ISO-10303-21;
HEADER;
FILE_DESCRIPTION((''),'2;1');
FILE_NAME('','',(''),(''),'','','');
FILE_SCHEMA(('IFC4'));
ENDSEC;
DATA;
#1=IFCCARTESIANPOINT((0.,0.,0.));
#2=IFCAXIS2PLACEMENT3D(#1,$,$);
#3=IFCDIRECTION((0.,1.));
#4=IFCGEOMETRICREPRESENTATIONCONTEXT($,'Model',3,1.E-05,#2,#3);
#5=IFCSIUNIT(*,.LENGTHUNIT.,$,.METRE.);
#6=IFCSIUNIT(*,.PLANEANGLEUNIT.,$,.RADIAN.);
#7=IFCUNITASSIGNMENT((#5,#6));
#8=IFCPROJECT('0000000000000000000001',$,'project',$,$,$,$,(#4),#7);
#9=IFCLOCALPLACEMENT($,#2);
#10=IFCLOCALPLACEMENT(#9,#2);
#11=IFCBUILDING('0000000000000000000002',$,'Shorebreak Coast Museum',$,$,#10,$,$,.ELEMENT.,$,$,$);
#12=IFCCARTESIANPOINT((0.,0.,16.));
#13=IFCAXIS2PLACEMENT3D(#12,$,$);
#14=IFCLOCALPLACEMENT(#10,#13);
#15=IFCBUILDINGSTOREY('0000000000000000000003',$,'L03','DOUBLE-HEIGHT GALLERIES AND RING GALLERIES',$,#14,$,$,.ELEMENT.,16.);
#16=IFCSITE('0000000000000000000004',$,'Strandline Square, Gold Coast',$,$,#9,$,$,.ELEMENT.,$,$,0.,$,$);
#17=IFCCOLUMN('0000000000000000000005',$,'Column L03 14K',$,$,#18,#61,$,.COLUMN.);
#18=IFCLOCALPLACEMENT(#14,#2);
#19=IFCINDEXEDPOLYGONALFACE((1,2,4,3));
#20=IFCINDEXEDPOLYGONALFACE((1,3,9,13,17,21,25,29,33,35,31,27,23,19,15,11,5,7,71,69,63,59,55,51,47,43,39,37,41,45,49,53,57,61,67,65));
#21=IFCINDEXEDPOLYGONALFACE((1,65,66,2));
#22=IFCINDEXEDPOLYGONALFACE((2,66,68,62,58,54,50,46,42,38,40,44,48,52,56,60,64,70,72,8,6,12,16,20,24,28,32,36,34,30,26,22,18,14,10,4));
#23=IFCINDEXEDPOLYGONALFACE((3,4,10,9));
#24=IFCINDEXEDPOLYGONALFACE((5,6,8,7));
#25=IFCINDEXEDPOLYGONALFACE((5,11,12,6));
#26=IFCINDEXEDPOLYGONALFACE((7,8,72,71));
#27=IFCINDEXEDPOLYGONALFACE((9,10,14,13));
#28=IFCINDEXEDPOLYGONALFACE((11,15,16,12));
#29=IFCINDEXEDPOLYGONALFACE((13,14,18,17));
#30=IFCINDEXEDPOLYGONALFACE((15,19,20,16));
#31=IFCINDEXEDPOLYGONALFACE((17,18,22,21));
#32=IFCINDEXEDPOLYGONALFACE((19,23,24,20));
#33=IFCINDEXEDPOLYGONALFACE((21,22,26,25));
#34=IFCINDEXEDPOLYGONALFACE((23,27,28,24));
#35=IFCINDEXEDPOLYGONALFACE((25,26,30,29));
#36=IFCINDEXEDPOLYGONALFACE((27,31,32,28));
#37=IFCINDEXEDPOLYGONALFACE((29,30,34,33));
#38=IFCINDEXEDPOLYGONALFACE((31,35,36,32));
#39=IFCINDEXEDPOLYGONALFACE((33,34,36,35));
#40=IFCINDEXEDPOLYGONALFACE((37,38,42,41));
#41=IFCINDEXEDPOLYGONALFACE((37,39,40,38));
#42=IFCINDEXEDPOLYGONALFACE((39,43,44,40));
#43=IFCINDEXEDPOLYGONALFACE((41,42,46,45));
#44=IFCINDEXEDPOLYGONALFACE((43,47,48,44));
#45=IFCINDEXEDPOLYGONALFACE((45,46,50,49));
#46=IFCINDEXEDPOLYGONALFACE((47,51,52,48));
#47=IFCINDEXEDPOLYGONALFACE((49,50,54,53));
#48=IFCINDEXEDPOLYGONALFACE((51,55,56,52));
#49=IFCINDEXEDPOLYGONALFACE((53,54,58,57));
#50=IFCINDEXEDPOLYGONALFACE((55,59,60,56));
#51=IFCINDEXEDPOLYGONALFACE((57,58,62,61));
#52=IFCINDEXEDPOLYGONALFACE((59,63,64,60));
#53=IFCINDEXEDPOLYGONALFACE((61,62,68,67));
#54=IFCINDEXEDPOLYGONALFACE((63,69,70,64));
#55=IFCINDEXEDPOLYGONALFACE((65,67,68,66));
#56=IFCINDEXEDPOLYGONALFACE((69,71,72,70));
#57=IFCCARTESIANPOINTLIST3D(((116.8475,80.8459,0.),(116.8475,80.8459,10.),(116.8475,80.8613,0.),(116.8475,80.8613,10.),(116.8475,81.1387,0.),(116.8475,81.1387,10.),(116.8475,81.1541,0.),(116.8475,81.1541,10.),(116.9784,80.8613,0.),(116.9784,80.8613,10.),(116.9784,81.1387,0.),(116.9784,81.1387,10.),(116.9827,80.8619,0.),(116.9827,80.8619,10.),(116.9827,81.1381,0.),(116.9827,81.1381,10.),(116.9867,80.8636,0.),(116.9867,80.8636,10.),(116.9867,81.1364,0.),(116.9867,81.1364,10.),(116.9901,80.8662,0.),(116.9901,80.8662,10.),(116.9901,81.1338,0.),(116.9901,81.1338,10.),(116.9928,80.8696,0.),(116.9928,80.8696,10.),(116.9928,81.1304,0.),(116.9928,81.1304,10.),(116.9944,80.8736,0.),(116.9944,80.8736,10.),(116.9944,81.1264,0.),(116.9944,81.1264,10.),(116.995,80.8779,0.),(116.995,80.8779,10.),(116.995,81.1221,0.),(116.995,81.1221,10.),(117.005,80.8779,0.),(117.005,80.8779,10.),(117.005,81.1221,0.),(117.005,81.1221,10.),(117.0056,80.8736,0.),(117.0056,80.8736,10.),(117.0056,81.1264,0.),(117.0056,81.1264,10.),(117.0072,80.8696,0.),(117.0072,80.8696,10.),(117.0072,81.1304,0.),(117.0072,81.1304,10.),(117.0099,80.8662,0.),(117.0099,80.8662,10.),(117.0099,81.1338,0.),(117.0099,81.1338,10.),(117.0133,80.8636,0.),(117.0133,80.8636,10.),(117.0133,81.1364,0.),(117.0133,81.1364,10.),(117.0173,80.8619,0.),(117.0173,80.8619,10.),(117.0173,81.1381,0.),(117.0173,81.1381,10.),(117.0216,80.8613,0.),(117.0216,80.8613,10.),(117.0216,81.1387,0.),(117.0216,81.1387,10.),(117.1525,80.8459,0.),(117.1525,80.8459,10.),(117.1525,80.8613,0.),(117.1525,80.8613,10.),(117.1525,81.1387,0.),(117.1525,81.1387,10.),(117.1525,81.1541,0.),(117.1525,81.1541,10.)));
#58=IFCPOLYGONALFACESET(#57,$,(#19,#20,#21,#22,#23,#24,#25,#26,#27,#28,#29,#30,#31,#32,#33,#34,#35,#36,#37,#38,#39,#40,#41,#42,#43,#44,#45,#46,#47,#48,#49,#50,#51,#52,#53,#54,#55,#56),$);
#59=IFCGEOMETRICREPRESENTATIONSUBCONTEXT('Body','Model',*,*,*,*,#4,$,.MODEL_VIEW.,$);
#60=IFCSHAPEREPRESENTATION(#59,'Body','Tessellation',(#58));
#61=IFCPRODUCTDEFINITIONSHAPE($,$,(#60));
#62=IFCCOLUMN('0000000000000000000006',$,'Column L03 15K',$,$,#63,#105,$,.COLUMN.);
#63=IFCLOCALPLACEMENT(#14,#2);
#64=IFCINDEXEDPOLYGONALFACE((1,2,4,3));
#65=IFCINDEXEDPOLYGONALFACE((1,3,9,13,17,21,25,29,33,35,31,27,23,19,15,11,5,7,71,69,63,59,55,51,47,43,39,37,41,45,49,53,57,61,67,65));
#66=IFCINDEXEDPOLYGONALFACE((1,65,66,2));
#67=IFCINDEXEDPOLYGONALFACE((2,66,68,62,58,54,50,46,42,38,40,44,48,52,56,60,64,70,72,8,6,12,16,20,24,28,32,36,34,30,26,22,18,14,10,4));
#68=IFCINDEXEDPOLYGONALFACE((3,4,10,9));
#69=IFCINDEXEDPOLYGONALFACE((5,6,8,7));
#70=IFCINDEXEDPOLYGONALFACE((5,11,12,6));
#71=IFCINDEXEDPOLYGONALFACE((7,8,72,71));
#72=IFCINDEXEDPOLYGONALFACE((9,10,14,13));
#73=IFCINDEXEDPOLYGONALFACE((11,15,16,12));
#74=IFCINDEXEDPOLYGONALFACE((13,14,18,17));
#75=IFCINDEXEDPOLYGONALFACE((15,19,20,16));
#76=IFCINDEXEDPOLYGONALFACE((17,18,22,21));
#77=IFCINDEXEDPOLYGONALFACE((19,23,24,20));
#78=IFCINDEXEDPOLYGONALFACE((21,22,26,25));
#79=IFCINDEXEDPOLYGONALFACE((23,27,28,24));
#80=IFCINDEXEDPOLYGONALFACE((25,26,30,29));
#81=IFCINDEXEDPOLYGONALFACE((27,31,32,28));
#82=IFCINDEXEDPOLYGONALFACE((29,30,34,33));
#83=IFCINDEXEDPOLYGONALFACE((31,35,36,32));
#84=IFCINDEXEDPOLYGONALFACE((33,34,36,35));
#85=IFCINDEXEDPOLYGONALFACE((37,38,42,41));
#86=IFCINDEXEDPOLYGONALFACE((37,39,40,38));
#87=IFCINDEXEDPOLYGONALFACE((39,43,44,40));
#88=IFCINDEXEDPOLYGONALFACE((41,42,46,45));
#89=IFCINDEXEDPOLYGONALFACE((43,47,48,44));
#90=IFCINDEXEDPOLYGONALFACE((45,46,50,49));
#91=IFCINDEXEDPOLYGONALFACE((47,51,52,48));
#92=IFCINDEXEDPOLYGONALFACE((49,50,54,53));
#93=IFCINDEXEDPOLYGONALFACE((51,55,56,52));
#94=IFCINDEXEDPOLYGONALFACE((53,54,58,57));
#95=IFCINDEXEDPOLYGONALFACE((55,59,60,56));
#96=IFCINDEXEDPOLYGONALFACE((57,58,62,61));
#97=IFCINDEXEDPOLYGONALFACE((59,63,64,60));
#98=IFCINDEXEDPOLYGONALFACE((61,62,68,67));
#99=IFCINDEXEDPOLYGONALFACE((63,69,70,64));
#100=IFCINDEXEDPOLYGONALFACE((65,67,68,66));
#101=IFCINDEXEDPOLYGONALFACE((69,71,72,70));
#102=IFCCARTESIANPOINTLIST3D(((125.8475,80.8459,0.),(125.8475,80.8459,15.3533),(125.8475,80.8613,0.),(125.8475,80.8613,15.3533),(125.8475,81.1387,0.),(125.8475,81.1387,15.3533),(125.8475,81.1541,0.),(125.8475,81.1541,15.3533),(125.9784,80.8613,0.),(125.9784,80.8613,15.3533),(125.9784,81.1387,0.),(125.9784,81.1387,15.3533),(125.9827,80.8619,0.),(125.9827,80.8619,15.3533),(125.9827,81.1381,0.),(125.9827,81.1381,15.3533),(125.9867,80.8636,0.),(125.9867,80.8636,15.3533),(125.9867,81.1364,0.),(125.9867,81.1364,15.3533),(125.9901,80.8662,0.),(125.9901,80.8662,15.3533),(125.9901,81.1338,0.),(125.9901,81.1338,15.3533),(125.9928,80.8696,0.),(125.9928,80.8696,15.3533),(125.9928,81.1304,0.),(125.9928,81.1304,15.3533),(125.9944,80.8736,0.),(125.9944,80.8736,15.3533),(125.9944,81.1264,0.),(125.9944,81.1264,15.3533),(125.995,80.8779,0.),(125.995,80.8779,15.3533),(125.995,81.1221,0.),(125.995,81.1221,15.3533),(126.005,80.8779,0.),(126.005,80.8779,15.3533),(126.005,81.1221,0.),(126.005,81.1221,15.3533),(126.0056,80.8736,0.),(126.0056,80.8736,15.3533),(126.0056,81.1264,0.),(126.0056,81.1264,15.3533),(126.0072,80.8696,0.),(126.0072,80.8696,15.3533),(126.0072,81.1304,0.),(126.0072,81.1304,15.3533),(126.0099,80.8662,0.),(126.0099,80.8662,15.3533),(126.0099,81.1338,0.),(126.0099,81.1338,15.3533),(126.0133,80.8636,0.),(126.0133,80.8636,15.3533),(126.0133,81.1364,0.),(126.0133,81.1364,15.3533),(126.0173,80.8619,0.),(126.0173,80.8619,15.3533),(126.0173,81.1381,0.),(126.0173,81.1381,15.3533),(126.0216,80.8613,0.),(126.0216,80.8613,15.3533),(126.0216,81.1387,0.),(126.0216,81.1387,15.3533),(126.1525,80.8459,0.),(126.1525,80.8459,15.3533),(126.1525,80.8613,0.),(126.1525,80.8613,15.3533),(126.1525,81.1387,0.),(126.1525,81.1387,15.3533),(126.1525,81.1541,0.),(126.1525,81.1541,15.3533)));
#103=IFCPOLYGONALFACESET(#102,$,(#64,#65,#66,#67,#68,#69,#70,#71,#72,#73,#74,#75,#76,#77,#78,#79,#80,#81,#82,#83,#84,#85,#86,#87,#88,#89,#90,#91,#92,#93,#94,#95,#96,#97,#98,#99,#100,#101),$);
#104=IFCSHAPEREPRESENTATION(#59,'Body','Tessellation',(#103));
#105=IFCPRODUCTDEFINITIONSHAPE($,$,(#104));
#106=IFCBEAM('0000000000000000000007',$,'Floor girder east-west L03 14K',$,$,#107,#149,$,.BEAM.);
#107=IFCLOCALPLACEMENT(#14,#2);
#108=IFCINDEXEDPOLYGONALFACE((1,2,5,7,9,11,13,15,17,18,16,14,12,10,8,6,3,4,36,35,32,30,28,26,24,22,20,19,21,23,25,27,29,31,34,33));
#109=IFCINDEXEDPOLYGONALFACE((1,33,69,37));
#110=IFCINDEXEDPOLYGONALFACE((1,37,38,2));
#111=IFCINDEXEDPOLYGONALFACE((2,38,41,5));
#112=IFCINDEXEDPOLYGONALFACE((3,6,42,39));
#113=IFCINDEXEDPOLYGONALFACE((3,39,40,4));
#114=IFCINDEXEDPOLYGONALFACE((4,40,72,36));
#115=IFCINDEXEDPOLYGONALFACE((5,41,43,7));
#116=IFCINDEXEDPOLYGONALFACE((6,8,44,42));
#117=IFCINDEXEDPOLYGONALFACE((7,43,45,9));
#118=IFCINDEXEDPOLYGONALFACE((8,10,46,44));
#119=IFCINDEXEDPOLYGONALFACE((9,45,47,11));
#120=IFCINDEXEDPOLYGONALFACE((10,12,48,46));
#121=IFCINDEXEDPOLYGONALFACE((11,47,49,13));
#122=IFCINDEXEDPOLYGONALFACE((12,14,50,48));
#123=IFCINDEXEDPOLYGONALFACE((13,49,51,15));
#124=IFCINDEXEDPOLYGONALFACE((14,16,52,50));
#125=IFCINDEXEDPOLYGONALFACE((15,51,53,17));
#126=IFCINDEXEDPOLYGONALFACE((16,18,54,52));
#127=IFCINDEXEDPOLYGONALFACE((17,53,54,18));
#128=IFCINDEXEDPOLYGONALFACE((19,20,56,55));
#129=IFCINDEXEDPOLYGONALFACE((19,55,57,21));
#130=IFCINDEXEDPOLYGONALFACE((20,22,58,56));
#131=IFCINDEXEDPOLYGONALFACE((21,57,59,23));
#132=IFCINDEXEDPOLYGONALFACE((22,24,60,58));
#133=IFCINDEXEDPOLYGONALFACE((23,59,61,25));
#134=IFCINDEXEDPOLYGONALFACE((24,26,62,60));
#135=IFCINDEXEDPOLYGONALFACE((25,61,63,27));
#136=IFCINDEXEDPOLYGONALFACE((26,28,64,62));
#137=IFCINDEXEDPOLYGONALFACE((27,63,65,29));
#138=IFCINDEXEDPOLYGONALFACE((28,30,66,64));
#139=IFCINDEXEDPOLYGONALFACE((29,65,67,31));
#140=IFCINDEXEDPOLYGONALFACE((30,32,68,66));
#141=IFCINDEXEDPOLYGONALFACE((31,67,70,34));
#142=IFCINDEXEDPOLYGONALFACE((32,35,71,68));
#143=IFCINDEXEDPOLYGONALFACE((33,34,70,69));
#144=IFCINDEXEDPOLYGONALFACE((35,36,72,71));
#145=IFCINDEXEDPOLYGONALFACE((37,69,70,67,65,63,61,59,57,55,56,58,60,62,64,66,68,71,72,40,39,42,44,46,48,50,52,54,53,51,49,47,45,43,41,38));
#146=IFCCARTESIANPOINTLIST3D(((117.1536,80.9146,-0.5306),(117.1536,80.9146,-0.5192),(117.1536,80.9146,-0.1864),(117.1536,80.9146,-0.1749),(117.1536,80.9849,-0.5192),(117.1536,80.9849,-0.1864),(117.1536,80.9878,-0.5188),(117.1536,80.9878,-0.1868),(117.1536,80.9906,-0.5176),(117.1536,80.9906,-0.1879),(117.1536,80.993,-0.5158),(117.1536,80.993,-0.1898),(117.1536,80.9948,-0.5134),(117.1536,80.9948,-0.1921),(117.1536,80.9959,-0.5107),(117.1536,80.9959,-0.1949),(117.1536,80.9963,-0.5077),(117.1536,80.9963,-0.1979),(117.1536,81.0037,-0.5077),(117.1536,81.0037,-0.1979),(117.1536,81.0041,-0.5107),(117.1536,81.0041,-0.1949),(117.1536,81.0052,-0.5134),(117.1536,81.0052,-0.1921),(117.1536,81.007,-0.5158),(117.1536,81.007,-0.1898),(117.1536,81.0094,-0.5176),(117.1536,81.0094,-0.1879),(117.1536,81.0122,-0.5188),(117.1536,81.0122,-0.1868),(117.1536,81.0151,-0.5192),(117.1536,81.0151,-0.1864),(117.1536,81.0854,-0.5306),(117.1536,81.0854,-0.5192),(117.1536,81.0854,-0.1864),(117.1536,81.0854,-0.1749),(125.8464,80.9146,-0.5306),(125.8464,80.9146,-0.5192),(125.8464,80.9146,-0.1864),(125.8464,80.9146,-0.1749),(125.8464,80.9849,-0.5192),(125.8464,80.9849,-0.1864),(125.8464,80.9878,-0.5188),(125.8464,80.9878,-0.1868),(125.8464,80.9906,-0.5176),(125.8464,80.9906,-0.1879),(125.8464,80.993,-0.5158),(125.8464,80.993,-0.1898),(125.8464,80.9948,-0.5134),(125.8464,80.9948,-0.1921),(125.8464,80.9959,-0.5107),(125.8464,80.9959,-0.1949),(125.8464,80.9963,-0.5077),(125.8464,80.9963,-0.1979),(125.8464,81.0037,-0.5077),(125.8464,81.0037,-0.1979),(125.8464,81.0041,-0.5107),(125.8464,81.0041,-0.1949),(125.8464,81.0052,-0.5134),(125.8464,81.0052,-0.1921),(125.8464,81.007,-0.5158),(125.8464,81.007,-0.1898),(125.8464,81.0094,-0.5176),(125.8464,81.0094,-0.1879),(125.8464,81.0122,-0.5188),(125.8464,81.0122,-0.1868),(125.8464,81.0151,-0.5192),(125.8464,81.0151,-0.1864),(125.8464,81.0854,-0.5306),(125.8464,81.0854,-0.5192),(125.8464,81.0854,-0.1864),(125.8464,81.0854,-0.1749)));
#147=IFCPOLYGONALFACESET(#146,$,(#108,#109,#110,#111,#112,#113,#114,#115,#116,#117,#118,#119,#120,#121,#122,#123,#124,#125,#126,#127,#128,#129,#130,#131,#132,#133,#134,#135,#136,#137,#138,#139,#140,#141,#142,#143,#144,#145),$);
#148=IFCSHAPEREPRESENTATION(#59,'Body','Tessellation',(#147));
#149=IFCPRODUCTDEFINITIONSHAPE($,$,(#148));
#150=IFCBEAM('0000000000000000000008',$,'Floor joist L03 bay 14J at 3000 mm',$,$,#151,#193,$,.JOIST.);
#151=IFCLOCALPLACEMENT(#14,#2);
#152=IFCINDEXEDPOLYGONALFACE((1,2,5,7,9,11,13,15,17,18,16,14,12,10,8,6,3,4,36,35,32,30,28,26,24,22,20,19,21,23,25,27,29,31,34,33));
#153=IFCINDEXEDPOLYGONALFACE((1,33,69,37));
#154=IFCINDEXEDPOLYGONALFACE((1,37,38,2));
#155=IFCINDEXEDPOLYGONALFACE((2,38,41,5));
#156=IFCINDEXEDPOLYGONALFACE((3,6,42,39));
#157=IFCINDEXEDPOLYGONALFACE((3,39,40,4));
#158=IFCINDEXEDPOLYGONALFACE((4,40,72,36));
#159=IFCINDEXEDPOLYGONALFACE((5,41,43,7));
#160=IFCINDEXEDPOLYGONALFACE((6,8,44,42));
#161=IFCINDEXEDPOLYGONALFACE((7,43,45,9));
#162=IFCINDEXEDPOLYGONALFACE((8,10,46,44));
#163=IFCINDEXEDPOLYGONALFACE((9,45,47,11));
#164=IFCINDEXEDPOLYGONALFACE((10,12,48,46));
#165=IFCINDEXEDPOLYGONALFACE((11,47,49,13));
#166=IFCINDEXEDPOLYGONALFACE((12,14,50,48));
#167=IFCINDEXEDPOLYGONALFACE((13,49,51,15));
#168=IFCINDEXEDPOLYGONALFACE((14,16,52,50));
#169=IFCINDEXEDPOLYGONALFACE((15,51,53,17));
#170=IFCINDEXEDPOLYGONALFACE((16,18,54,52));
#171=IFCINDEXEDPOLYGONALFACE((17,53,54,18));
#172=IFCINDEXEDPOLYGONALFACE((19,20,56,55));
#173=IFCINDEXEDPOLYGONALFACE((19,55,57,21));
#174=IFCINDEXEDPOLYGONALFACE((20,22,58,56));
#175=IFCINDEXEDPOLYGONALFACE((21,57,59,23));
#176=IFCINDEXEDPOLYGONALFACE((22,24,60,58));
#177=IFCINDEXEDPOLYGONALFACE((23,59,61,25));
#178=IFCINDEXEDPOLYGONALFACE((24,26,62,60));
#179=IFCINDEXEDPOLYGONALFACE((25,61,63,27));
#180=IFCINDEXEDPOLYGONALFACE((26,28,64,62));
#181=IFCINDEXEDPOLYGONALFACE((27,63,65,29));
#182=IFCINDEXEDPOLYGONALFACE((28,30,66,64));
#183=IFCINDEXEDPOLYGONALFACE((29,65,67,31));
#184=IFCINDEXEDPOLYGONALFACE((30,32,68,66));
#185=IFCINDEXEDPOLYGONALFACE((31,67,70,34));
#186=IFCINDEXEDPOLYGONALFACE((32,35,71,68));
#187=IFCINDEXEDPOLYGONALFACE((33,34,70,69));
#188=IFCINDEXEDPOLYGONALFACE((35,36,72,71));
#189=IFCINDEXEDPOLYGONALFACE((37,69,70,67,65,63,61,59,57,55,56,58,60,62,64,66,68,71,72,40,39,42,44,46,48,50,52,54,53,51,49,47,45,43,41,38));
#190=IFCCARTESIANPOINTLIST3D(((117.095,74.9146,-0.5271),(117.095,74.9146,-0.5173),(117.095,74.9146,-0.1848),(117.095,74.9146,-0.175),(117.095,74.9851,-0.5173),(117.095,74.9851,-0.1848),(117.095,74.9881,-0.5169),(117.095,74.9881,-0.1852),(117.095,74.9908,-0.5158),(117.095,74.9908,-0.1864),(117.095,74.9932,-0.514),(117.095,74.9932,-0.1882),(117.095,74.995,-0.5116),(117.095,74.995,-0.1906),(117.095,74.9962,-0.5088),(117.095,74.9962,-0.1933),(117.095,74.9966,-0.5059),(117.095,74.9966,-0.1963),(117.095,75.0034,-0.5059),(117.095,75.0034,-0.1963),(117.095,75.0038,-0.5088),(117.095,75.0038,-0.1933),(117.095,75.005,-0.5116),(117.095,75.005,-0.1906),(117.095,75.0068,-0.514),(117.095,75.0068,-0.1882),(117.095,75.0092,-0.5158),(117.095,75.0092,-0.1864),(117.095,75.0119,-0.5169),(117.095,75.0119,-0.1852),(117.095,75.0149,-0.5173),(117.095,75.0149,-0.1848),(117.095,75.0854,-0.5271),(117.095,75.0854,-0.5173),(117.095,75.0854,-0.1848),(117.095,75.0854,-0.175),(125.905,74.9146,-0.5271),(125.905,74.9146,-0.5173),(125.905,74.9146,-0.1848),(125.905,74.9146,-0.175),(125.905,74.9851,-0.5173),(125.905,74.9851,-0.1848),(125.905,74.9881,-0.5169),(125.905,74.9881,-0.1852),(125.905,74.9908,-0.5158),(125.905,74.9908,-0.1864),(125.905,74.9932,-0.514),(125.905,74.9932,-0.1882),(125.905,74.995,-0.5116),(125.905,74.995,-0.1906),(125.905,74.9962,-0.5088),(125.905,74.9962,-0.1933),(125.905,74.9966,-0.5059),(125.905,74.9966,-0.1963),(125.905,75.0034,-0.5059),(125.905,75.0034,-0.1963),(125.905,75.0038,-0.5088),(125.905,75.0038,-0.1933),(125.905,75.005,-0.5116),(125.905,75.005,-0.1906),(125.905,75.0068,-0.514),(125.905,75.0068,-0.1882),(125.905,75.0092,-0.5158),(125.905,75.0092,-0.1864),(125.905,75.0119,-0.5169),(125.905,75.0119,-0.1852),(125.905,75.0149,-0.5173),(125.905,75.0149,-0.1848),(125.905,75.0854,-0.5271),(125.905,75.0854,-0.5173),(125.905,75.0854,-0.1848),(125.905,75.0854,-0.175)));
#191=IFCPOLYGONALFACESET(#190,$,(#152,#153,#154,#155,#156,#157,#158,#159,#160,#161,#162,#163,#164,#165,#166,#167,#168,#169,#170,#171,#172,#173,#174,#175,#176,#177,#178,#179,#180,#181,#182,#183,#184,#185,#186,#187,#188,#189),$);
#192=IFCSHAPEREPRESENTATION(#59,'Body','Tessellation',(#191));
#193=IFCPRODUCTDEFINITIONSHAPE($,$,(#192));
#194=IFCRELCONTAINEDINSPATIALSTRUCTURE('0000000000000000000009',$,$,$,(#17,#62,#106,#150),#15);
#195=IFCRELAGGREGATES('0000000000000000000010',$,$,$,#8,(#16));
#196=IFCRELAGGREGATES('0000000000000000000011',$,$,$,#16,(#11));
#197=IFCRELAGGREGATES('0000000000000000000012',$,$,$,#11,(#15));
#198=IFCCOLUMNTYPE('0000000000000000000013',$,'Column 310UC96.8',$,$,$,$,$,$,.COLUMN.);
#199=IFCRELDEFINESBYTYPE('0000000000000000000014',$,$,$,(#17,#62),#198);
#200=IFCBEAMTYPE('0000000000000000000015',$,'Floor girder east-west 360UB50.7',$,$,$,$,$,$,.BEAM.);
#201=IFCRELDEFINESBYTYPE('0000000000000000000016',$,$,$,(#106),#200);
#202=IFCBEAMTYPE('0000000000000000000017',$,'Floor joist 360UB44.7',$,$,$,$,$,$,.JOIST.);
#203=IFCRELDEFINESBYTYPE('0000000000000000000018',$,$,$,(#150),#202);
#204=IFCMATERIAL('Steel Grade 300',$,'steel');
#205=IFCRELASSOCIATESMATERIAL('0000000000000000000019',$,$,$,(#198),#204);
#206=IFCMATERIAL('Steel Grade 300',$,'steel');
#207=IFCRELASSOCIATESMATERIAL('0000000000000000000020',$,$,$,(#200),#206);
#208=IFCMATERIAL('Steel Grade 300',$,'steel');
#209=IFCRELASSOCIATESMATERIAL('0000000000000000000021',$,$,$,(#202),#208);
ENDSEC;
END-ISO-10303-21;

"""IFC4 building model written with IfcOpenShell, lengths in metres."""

from ifc_helpers import new_model, si_unit, direction, frame, origin, origin_2d, place, context, subcontext, project, spatial, i_section, extrude, material, material_profile, profile_set, type_object, element, save


model = new_model("IFC4")

# Units and contexts
model_context = context("Model", 3, precision=1e-05, world=origin(), true_north=direction((0.0, 1.0)))
body_context = subcontext(model_context, "Body", "Model", "MODEL_VIEW")
ifc_project = project(units=[si_unit("LENGTHUNIT", "METRE"), si_unit("PLANEANGLEUNIT", "RADIAN")], contexts=[model_context])

# Site, building, storey
site_placement = place(None, origin())
site = spatial("IfcSite", under=ifc_project, at=site_placement, Name="Strandline Square, Gold Coast", CompositionType="ELEMENT", RefElevation=0.0)
building_placement = place(site_placement, origin())
building = spatial("IfcBuilding", under=site, at=building_placement, Name="Shorebreak Coast Museum", CompositionType="ELEMENT")
storey_placement = place(building_placement, frame((0.0, 0.0, 16.0)))
storey = spatial("IfcBuildingStorey", under=building, at=storey_placement, Name="L03", Description="DOUBLE-HEIGHT GALLERIES AND RING GALLERIES", CompositionType="ELEMENT", Elevation=16.0)

# Columns
ifc_material_1 = material(Name="Steel Grade 300", Category="steel")
ifc_material_profile_1 = material_profile(ifc_material_1, i_section(OverallWidth=0.3049, OverallDepth=0.3081, WebThickness=0.01, FlangeThickness=0.0154, FilletRadius=0.0166, at=origin_2d()), Name="310UC96.8")
ifc_profile_set_1 = profile_set([ifc_material_profile_1], Name="Steel Grade 300")
column_type = type_object("IfcColumnType", Name="Column 310UC96.8", PredefinedType="COLUMN", material=ifc_profile_set_1)
column_1_placement = place(storey_placement, frame((117.0, 81.0, 0.0), z_axis=(0.0, 0.0, 1.0), x_axis=(1.0, 0.0, 0.0)))
element("IfcColumn", 1, at=column_1_placement, inside=storey, type_object=column_type, Name="Column L03 14K", PredefinedType="COLUMN", context=body_context, shape_type="SweptSolid", body=[
    extrude(i_section(OverallWidth=0.3049, OverallDepth=0.3081, WebThickness=0.01, FlangeThickness=0.0154, FilletRadius=0.0166, at=origin_2d()), origin(), (0.0, 0.0, 1.0), 10.0),
])
column_2_placement = place(storey_placement, frame((126.0, 81.0, 0.0), z_axis=(0.0, 0.0, 1.0), x_axis=(1.0, 0.0, 0.0)))
element("IfcColumn", 2, at=column_2_placement, inside=storey, type_object=column_type, Name="Column L03 15K", PredefinedType="COLUMN", context=body_context, shape_type="SweptSolid", body=[
    extrude(i_section(OverallWidth=0.3049, OverallDepth=0.3081, WebThickness=0.01, FlangeThickness=0.0154, FilletRadius=0.0166, at=origin_2d()), origin(), (0.0, 0.0, 1.0), 15.3533),
])

# Beams
ifc_material_2 = material(Name="Steel Grade 300", Category="steel")
ifc_material_profile_2 = material_profile(ifc_material_2, i_section(OverallWidth=0.1709, OverallDepth=0.3557, WebThickness=0.0073, FlangeThickness=0.0115, FilletRadius=0.0115, at=origin_2d()), Name="360UB50.7")
ifc_profile_set_2 = profile_set([ifc_material_profile_2], Name="Steel Grade 300")
beam_type_1 = type_object("IfcBeamType", Name="Floor girder east-west 360UB50.7", PredefinedType="BEAM", material=ifc_profile_set_2)
beam_placement = place(storey_placement, frame((117.1536, 81.0, -0.3528), z_axis=(1.0, 0.0, 0.0), x_axis=(0.0, 1.0, 0.0)))
element("IfcBeam", 3, at=beam_placement, inside=storey, type_object=beam_type_1, Name="Floor girder east-west L03 14K", PredefinedType="BEAM", context=body_context, shape_type="SweptSolid", body=[
    extrude(i_section(OverallWidth=0.1709, OverallDepth=0.3557, WebThickness=0.0073, FlangeThickness=0.0115, FilletRadius=0.0115, at=origin_2d()), origin(), (0.0, 0.0, 1.0), 8.6929),
])
ifc_material_3 = material(Name="Steel Grade 300", Category="steel")
ifc_material_profile_3 = material_profile(ifc_material_3, i_section(OverallWidth=0.1709, OverallDepth=0.3521, WebThickness=0.0068, FlangeThickness=0.0098, FilletRadius=0.0115, at=origin_2d()), Name="360UB44.7")
ifc_profile_set_3 = profile_set([ifc_material_profile_3], Name="Steel Grade 300")
beam_type_2 = type_object("IfcBeamType", Name="Floor joist 360UB44.7", PredefinedType="JOIST", material=ifc_profile_set_3)
for number, where, z_axis, x_axis, name in (
    (4, (117.095, 75.0, -0.3511), (1.0, 0.0, 0.0), (0.0, 1.0, 0.0), "Floor joist L03 bay 14J at 3000 mm"),
):
    element("IfcBeam", number, at=place(storey_placement, frame(where, z_axis=z_axis, x_axis=x_axis)), inside=storey, type_object=beam_type_2, Name=name, PredefinedType="JOIST", context=body_context, shape_type="SweptSolid", body=[
        extrude(i_section(OverallWidth=0.1709, OverallDepth=0.3521, WebThickness=0.0068, FlangeThickness=0.0098, FilletRadius=0.0115, at=origin_2d()), origin(), (0.0, 0.0, 1.0), 8.8101),
    ])

save(model, "model.ifc")
